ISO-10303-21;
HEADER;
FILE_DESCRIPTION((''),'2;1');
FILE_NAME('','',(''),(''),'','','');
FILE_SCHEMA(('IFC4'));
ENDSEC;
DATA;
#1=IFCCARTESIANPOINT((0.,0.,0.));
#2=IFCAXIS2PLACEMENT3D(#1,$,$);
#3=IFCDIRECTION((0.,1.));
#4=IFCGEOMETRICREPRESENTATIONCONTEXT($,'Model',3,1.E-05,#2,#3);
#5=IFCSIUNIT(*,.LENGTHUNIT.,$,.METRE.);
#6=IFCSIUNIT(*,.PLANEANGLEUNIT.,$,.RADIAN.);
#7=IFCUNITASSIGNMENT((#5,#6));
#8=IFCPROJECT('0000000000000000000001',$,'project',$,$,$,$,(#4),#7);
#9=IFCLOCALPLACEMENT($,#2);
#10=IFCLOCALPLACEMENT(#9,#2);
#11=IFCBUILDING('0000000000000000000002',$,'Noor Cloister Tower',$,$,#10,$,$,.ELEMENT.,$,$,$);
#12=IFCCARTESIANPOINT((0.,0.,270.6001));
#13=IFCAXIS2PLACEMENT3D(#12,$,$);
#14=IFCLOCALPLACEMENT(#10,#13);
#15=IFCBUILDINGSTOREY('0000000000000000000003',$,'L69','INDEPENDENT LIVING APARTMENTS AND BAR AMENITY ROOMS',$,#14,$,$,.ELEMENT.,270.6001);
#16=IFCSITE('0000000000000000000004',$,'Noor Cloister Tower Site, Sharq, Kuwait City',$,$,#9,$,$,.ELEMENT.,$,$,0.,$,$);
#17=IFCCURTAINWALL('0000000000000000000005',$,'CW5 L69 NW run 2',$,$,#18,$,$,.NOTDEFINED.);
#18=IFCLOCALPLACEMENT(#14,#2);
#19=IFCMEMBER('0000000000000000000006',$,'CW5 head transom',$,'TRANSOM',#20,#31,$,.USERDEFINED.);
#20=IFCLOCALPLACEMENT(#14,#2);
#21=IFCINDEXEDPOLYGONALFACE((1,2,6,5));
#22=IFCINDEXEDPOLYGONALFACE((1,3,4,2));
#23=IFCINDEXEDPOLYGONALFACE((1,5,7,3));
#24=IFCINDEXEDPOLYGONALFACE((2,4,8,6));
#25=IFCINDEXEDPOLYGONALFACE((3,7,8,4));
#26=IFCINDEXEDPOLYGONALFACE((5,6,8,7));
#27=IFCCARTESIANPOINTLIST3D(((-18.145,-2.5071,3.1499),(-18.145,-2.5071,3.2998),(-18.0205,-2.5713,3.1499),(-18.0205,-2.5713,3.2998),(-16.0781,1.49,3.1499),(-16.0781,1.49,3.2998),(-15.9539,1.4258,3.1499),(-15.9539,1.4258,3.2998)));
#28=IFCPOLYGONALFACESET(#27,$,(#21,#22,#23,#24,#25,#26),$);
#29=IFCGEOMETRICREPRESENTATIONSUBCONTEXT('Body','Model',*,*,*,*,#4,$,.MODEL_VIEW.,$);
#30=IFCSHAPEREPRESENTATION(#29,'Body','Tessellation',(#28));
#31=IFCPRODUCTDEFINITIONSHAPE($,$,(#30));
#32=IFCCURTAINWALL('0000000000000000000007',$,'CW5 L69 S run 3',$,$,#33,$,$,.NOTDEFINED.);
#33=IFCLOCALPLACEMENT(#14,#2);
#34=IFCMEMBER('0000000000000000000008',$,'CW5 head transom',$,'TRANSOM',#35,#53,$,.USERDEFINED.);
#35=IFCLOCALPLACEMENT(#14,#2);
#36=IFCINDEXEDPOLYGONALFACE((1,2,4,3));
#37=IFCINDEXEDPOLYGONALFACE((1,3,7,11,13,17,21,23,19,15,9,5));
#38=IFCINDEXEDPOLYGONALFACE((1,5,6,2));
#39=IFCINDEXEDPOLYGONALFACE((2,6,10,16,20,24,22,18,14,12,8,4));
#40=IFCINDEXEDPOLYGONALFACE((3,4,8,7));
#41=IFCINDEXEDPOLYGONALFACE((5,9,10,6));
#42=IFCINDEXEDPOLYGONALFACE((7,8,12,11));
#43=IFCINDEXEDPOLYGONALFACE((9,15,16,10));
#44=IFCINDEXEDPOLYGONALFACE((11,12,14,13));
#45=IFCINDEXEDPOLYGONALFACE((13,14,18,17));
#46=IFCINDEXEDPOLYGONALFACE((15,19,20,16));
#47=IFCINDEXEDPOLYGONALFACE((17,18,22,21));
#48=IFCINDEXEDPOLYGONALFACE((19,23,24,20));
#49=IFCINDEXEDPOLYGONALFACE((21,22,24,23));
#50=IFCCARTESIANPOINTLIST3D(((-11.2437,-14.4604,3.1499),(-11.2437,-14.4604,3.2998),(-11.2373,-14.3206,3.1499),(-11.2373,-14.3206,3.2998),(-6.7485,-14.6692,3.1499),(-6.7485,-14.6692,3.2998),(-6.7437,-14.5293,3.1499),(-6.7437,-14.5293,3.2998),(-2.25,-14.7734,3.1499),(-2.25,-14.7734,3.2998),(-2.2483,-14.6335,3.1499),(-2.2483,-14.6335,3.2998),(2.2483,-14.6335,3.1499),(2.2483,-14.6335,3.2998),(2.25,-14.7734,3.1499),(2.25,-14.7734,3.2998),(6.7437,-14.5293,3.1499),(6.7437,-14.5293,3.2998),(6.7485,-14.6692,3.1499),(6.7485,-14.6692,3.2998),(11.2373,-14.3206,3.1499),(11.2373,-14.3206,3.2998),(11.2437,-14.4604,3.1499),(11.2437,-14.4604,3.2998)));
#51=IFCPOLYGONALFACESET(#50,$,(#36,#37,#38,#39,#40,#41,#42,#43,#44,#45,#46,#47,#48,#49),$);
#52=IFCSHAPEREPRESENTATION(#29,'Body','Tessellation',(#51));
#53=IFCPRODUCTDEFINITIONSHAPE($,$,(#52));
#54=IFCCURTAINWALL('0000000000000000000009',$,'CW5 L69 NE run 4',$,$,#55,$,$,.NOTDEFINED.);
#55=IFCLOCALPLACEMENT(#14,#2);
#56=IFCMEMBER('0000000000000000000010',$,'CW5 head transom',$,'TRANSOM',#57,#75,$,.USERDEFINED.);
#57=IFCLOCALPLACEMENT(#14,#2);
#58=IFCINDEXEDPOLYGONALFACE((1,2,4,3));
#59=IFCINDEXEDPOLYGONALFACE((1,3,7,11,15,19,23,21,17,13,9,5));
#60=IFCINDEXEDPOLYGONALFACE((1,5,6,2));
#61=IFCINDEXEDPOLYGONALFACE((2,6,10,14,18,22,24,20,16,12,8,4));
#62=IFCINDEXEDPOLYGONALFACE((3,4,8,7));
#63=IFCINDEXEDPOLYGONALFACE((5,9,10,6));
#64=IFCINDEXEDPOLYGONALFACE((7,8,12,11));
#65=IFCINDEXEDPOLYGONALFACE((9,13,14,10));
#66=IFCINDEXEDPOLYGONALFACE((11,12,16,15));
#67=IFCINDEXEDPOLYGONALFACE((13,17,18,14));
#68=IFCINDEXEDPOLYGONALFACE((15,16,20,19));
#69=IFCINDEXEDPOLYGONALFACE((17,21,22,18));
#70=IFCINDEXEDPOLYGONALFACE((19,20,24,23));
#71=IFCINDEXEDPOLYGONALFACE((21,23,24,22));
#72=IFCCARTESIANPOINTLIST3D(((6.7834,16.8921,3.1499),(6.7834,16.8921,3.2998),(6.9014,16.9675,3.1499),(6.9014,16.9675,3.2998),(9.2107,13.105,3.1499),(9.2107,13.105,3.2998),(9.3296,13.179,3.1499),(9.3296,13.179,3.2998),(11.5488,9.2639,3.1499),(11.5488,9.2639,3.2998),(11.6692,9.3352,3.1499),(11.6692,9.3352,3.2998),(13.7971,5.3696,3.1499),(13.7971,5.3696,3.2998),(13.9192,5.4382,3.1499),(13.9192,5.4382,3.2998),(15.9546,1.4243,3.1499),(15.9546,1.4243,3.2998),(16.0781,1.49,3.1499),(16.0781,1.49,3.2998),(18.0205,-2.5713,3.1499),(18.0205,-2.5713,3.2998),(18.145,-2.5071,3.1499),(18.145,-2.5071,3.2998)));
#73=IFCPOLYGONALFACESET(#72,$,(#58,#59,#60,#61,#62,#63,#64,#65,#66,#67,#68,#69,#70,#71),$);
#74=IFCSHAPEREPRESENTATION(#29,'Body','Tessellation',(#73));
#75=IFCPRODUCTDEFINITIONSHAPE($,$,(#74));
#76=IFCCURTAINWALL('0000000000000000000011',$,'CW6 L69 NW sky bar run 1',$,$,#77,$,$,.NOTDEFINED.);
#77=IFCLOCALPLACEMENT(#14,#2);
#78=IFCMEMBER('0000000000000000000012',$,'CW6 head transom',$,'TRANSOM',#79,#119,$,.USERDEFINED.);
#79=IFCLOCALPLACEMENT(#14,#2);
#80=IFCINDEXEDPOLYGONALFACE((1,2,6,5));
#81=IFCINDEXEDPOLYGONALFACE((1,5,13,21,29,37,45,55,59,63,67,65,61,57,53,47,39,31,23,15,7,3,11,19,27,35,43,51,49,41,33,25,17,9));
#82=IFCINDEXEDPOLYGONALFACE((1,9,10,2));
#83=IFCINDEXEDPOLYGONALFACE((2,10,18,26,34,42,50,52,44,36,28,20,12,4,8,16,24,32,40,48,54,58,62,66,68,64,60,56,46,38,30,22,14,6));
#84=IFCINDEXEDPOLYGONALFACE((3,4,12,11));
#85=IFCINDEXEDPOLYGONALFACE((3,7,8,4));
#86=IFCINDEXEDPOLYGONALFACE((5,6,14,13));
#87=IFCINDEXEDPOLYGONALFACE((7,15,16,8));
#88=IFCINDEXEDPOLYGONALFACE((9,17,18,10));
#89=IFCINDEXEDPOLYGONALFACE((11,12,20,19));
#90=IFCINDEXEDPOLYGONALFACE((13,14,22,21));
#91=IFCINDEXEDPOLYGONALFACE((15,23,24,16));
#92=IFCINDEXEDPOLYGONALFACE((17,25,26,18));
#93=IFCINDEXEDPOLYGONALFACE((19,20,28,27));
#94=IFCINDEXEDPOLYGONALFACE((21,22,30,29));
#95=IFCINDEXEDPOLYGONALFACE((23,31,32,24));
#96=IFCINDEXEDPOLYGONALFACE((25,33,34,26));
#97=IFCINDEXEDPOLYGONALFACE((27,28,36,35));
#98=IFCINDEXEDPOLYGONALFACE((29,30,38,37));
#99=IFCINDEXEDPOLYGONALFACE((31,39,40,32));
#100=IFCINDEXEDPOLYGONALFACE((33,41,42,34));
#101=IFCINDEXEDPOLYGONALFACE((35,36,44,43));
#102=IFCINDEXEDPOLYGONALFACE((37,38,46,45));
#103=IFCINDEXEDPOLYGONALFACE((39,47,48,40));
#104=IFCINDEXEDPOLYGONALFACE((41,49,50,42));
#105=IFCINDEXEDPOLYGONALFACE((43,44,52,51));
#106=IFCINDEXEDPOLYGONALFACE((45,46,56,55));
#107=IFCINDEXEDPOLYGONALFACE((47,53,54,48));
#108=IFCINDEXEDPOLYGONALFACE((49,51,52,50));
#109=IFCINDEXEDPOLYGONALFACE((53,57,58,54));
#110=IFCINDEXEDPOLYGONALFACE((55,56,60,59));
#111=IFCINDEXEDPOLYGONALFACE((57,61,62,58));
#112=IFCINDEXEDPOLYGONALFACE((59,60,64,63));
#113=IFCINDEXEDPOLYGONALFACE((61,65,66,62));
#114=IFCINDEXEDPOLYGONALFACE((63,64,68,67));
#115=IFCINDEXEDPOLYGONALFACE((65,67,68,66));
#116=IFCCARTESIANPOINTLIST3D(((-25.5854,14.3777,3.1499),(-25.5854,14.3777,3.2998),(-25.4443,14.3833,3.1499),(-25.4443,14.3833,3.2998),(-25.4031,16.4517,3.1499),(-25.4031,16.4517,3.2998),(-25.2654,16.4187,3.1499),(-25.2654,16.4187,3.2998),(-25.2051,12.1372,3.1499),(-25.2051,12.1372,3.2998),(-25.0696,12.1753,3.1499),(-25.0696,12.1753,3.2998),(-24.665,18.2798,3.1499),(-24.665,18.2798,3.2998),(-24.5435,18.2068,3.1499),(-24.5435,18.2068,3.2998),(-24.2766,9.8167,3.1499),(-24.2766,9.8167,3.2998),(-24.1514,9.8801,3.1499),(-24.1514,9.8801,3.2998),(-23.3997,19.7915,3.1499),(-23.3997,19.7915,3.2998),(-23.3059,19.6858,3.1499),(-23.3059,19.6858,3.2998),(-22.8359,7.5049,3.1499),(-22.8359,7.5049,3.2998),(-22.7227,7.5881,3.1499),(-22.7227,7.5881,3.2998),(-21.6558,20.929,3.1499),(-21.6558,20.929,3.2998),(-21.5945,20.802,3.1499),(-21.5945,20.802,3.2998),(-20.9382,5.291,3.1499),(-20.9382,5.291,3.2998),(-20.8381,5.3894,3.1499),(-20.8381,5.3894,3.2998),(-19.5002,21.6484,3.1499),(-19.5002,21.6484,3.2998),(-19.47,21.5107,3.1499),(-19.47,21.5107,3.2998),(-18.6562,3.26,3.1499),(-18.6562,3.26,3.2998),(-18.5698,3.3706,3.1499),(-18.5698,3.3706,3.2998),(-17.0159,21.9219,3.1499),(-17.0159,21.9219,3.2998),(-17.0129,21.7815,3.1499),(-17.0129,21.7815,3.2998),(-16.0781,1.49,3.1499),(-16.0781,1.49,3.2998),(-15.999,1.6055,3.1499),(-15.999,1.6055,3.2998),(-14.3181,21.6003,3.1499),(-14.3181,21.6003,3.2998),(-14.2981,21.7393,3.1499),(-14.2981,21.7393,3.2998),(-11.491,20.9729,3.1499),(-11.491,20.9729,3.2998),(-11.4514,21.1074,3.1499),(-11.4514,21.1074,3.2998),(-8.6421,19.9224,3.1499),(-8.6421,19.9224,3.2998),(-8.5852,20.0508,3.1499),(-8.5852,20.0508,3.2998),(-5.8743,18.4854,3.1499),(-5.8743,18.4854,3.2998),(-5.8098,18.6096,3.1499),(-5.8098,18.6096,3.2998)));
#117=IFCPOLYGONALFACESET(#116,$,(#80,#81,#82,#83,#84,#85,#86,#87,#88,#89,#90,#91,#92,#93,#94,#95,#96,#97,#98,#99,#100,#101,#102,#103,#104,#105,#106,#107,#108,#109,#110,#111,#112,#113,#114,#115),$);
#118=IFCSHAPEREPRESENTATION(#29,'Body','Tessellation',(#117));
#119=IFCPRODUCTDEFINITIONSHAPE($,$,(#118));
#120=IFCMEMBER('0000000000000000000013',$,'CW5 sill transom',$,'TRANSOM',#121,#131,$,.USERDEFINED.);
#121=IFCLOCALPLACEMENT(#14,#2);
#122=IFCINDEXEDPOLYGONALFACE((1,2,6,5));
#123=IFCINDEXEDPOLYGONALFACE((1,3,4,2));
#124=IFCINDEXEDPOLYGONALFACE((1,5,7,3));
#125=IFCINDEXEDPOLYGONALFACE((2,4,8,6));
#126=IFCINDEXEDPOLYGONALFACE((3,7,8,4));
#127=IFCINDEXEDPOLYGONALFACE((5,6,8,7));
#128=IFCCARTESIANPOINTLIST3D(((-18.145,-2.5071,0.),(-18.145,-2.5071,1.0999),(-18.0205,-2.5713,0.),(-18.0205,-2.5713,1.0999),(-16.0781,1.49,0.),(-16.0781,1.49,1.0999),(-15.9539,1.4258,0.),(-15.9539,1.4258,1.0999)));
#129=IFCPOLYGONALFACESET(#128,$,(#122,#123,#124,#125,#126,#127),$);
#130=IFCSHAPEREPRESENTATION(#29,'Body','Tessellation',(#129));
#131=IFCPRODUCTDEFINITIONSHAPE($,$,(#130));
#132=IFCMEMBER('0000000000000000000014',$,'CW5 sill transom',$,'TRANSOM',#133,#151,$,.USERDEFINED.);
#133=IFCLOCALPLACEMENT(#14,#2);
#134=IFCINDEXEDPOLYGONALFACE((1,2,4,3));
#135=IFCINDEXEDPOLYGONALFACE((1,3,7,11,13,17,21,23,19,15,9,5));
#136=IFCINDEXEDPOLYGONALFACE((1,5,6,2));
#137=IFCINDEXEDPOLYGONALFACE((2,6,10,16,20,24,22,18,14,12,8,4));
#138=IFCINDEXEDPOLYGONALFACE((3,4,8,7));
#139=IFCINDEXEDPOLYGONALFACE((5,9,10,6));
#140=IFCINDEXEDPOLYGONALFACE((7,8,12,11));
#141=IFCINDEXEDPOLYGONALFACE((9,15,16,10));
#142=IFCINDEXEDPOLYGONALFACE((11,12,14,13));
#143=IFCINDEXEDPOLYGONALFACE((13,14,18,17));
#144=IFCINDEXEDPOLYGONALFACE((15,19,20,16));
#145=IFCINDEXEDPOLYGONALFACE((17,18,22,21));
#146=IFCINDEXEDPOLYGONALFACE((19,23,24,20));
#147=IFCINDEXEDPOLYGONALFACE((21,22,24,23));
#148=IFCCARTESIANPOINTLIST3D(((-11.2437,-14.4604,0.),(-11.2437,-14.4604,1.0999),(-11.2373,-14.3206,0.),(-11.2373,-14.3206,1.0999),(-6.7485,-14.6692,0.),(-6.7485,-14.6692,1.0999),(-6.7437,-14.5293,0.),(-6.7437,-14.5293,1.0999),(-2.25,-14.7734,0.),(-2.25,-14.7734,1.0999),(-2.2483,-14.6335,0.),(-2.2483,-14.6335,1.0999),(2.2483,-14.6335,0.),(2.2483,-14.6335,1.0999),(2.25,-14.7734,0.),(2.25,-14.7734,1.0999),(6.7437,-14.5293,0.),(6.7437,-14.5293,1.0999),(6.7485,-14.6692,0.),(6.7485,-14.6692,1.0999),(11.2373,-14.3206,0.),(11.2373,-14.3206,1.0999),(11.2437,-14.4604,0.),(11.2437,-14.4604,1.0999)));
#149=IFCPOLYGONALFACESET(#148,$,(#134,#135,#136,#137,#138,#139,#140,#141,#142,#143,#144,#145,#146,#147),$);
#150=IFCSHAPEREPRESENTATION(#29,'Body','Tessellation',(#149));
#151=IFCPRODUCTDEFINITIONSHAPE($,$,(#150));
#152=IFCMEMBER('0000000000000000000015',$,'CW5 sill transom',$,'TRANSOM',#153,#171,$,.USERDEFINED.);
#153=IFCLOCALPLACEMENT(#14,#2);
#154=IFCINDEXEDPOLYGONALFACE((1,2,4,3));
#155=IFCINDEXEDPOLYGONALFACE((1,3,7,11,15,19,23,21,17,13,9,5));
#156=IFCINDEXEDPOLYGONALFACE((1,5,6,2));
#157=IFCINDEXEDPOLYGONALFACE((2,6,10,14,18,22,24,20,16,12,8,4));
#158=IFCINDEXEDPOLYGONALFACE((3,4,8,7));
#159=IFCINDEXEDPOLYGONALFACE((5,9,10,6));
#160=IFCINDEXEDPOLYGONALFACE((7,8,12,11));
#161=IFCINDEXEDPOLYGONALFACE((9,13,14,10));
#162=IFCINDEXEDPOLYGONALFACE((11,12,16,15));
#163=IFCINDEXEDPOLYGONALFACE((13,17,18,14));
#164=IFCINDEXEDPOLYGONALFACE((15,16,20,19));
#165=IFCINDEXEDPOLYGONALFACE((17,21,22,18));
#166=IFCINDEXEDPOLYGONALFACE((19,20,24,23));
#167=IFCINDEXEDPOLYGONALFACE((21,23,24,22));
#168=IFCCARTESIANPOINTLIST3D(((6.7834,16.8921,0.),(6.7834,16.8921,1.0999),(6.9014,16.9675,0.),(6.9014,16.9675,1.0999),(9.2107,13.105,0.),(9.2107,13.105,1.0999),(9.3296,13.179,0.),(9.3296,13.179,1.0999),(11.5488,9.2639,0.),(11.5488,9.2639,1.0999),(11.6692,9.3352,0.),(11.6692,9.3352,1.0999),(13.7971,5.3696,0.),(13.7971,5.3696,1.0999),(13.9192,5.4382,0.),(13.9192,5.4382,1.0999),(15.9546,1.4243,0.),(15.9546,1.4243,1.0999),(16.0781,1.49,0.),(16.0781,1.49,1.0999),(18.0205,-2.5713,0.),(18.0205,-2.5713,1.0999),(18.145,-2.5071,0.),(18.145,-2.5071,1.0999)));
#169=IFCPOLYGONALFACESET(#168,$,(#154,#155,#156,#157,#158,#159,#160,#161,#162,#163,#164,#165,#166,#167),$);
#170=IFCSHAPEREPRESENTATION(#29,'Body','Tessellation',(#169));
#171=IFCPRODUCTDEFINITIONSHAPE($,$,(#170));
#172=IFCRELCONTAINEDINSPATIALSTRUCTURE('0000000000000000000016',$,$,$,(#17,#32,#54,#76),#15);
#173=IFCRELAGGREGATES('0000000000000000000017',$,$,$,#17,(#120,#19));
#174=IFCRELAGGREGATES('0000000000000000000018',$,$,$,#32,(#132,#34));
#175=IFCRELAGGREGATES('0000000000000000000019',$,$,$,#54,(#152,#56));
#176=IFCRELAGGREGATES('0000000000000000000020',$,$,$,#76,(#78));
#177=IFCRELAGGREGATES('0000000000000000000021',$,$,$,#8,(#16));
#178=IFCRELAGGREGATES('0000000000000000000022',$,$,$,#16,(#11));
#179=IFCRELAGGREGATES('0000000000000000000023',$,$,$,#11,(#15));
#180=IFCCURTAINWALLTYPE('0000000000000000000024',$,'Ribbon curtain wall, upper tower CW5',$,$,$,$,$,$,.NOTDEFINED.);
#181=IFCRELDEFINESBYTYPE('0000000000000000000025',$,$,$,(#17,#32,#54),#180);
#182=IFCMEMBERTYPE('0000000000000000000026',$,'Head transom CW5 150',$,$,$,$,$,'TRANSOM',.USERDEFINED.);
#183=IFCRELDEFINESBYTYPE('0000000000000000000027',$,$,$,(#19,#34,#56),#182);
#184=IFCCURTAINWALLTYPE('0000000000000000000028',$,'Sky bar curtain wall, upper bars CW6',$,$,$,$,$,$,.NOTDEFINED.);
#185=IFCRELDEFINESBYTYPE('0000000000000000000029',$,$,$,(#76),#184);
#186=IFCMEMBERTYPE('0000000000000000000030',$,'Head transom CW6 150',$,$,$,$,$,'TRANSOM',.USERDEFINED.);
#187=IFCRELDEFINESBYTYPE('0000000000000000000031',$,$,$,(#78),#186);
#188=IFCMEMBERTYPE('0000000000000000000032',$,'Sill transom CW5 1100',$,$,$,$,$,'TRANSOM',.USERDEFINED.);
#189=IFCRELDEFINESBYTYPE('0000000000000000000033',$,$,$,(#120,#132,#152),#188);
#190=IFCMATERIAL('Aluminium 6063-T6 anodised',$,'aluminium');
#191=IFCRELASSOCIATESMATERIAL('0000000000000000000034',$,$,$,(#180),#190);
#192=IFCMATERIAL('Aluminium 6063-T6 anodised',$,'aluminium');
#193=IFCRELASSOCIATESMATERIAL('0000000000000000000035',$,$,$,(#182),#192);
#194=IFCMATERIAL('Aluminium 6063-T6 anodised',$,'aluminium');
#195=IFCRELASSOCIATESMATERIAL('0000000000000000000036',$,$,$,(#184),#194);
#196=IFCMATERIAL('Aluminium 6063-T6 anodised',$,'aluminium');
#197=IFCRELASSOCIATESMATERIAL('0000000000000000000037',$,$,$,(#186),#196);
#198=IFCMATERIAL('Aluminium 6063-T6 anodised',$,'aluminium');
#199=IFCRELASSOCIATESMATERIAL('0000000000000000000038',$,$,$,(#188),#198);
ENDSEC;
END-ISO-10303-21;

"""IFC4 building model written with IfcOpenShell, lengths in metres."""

from ifc_helpers import new_model, si_unit, direction, frame, origin, place, context, subcontext, project, spatial, polyline, outline, extrude, material, type_object, element, aggregate, save


model = new_model("IFC4")

# Units and contexts
model_context = context("Model", 3, precision=1e-05, world=origin(), true_north=direction((0.0, 1.0)))
body_context = subcontext(model_context, "Body", "Model", "MODEL_VIEW")
ifc_project = project(units=[si_unit("LENGTHUNIT", "METRE"), si_unit("PLANEANGLEUNIT", "RADIAN")], contexts=[model_context])

# Site, building, storey
site_placement = place(None, origin())
site = spatial("IfcSite", under=ifc_project, at=site_placement, Name="Noor Cloister Tower Site, Sharq, Kuwait City", CompositionType="ELEMENT", RefElevation=0.0)
building_placement = place(site_placement, origin())
building = spatial("IfcBuilding", under=site, at=building_placement, Name="Noor Cloister Tower", CompositionType="ELEMENT")
storey_placement = place(building_placement, frame((0.0, 0.0, 270.6001)))
storey = spatial("IfcBuildingStorey", under=building, at=storey_placement, Name="L69", Description="INDEPENDENT LIVING APARTMENTS AND BAR AMENITY ROOMS", CompositionType="ELEMENT", Elevation=270.6001)

# Curtain walls, members
ifc_material_1 = material(Name="Aluminium 6063-T6 anodised", Category="aluminium")
curtain_wall_type_1 = type_object("IfcCurtainWallType", Name="Ribbon curtain wall, upper tower CW5", PredefinedType="NOTDEFINED", material=ifc_material_1)
curtain_wall_1_placement = place(storey_placement, origin())
curtain_wall_1 = element("IfcCurtainWall", 1, at=curtain_wall_1_placement, inside=storey, type_object=curtain_wall_type_1, Name="CW5 L69 NW run 2", PredefinedType="NOTDEFINED")
ifc_material_2 = material(Name="Aluminium 6063-T6 anodised", Category="aluminium")
member_type_1 = type_object("IfcMemberType", Name="Head transom CW5 150", ElementType="TRANSOM", PredefinedType="USERDEFINED", material=ifc_material_2)
member_1_placement = place(storey_placement, frame((0.0, 0.0, 3.1499)))
member_1 = element("IfcMember", 2, at=member_1_placement, type_object=member_type_1, Name="CW5 head transom", ObjectType="TRANSOM", PredefinedType="USERDEFINED", context=body_context, shape_type="SweptSolid", body=[
    extrude(outline(polyline([(-16.0781, 1.49), (-18.145, -2.5071), (-18.0205, -2.5713), (-15.9539, 1.4258), (-16.0781, 1.49)])), origin(), (0.0, 0.0, 1.0), 0.1499),
])
curtain_wall_2_placement = place(storey_placement, origin())
curtain_wall_2 = element("IfcCurtainWall", 3, at=curtain_wall_2_placement, inside=storey, type_object=curtain_wall_type_1, Name="CW5 L69 S run 3", PredefinedType="NOTDEFINED")
member_2_placement = place(storey_placement, frame((0.0, 0.0, 3.1499)))
member_2 = element("IfcMember", 4, at=member_2_placement, type_object=member_type_1, Name="CW5 head transom", ObjectType="TRANSOM", PredefinedType="USERDEFINED", context=body_context, shape_type="SweptSolid", body=[
    extrude(outline(polyline([(-11.2437, -14.4604), (-6.7485, -14.6692), (-2.25, -14.7734), (2.25, -14.7734), (6.7485, -14.6692), (11.2437, -14.4604), (11.2373, -14.3206), (6.7437, -14.5293), (2.2483, -14.6335), (-2.2483, -14.6335), (-6.7437, -14.5293), (-11.2373, -14.3206), (-11.2437, -14.4604)])), origin(), (0.0, 0.0, 1.0), 0.1499),
])
curtain_wall_3_placement = place(storey_placement, origin())
curtain_wall_3 = element("IfcCurtainWall", 5, at=curtain_wall_3_placement, inside=storey, type_object=curtain_wall_type_1, Name="CW5 L69 NE run 4", PredefinedType="NOTDEFINED")
member_3_placement = place(storey_placement, frame((0.0, 0.0, 3.1499)))
member_3 = element("IfcMember", 6, at=member_3_placement, type_object=member_type_1, Name="CW5 head transom", ObjectType="TRANSOM", PredefinedType="USERDEFINED", context=body_context, shape_type="SweptSolid", body=[
    extrude(outline(polyline([(18.145, -2.5071), (16.0781, 1.49), (13.9192, 5.4382), (11.6692, 9.3352), (9.3296, 13.179), (6.9014, 16.9675), (6.7834, 16.8921), (9.2107, 13.105), (11.5488, 9.2639), (13.7971, 5.3696), (15.9546, 1.4243), (18.0205, -2.5713), (18.145, -2.5071)])), origin(), (0.0, 0.0, 1.0), 0.1499),
])
ifc_material_3 = material(Name="Aluminium 6063-T6 anodised", Category="aluminium")
curtain_wall_type_2 = type_object("IfcCurtainWallType", Name="Sky bar curtain wall, upper bars CW6", PredefinedType="NOTDEFINED", material=ifc_material_3)
curtain_wall_4_placement = place(storey_placement, origin())
curtain_wall_4 = element("IfcCurtainWall", 7, at=curtain_wall_4_placement, inside=storey, type_object=curtain_wall_type_2, Name="CW6 L69 NW sky bar run 1", PredefinedType="NOTDEFINED")
ifc_material_4 = material(Name="Aluminium 6063-T6 anodised", Category="aluminium")
member_type_2 = type_object("IfcMemberType", Name="Head transom CW6 150", ElementType="TRANSOM", PredefinedType="USERDEFINED", material=ifc_material_4)
member_4_placement = place(storey_placement, frame((0.0, 0.0, 3.1499)))
member_4 = element("IfcMember", 8, at=member_4_placement, type_object=member_type_2, Name="CW6 head transom", ObjectType="TRANSOM", PredefinedType="USERDEFINED", context=body_context, shape_type="SweptSolid", body=[
    extrude(outline(polyline([(-5.8098, 18.6096), (-8.5852, 20.0508), (-11.4514, 21.1074), (-14.2981, 21.7393), (-17.0159, 21.9219), (-19.5002, 21.6484), (-21.6558, 20.929), (-23.3997, 19.7915), (-24.665, 18.2798), (-25.4031, 16.4517), (-25.5854, 14.3777), (-25.2051, 12.1372), (-24.2766, 9.8167), (-22.8359, 7.5049), (-20.9382, 5.291), (-18.6562, 3.26), (-16.0781, 1.49), (-15.999, 1.6055), (-18.5698, 3.3706), (-20.8381, 5.3894), (-22.7227, 7.5881), (-24.1514, 9.8801), (-25.0696, 12.1753), (-25.4443, 14.3833), (-25.2654, 16.4187), (-24.5435, 18.2068), (-23.3059, 19.6858), (-21.5945, 20.802), (-19.47, 21.5107), (-17.0129, 21.7815), (-14.3181, 21.6003), (-11.491, 20.9729), (-8.6421, 19.9224), (-5.8743, 18.4854), (-5.8098, 18.6096)])), origin(), (0.0, 0.0, 1.0), 0.1499),
])

# Members
ifc_material_5 = material(Name="Aluminium 6063-T6 anodised", Category="aluminium")
member_type_3 = type_object("IfcMemberType", Name="Sill transom CW5 1100", ElementType="TRANSOM", PredefinedType="USERDEFINED", material=ifc_material_5)
member_5_placement = place(storey_placement, origin())
member_5 = element("IfcMember", 9, at=member_5_placement, type_object=member_type_3, Name="CW5 sill transom", ObjectType="TRANSOM", PredefinedType="USERDEFINED", context=body_context, shape_type="SweptSolid", body=[
    extrude(outline(polyline([(-16.0781, 1.49), (-18.145, -2.5071), (-18.0205, -2.5713), (-15.9539, 1.4258), (-16.0781, 1.49)])), origin(), (0.0, 0.0, 1.0), 1.0999),
])
aggregate(curtain_wall_1, [member_5, member_1])
member_6_placement = place(storey_placement, origin())
member_6 = element("IfcMember", 10, at=member_6_placement, type_object=member_type_3, Name="CW5 sill transom", ObjectType="TRANSOM", PredefinedType="USERDEFINED", context=body_context, shape_type="SweptSolid", body=[
    extrude(outline(polyline([(-11.2437, -14.4604), (-6.7485, -14.6692), (-2.25, -14.7734), (2.25, -14.7734), (6.7485, -14.6692), (11.2437, -14.4604), (11.2373, -14.3206), (6.7437, -14.5293), (2.2483, -14.6335), (-2.2483, -14.6335), (-6.7437, -14.5293), (-11.2373, -14.3206), (-11.2437, -14.4604)])), origin(), (0.0, 0.0, 1.0), 1.0999),
])
aggregate(curtain_wall_2, [member_6, member_2])
member_7_placement = place(storey_placement, origin())
member_7 = element("IfcMember", 11, at=member_7_placement, type_object=member_type_3, Name="CW5 sill transom", ObjectType="TRANSOM", PredefinedType="USERDEFINED", context=body_context, shape_type="SweptSolid", body=[
    extrude(outline(polyline([(18.145, -2.5071), (16.0781, 1.49), (13.9192, 5.4382), (11.6692, 9.3352), (9.3296, 13.179), (6.9014, 16.9675), (6.7834, 16.8921), (9.2107, 13.105), (11.5488, 9.2639), (13.7971, 5.3696), (15.9546, 1.4243), (18.0205, -2.5713), (18.145, -2.5071)])), origin(), (0.0, 0.0, 1.0), 1.0999),
])
aggregate(curtain_wall_3, [member_7, member_3])
aggregate(curtain_wall_4, [member_4])

save(model, "model.ifc")
